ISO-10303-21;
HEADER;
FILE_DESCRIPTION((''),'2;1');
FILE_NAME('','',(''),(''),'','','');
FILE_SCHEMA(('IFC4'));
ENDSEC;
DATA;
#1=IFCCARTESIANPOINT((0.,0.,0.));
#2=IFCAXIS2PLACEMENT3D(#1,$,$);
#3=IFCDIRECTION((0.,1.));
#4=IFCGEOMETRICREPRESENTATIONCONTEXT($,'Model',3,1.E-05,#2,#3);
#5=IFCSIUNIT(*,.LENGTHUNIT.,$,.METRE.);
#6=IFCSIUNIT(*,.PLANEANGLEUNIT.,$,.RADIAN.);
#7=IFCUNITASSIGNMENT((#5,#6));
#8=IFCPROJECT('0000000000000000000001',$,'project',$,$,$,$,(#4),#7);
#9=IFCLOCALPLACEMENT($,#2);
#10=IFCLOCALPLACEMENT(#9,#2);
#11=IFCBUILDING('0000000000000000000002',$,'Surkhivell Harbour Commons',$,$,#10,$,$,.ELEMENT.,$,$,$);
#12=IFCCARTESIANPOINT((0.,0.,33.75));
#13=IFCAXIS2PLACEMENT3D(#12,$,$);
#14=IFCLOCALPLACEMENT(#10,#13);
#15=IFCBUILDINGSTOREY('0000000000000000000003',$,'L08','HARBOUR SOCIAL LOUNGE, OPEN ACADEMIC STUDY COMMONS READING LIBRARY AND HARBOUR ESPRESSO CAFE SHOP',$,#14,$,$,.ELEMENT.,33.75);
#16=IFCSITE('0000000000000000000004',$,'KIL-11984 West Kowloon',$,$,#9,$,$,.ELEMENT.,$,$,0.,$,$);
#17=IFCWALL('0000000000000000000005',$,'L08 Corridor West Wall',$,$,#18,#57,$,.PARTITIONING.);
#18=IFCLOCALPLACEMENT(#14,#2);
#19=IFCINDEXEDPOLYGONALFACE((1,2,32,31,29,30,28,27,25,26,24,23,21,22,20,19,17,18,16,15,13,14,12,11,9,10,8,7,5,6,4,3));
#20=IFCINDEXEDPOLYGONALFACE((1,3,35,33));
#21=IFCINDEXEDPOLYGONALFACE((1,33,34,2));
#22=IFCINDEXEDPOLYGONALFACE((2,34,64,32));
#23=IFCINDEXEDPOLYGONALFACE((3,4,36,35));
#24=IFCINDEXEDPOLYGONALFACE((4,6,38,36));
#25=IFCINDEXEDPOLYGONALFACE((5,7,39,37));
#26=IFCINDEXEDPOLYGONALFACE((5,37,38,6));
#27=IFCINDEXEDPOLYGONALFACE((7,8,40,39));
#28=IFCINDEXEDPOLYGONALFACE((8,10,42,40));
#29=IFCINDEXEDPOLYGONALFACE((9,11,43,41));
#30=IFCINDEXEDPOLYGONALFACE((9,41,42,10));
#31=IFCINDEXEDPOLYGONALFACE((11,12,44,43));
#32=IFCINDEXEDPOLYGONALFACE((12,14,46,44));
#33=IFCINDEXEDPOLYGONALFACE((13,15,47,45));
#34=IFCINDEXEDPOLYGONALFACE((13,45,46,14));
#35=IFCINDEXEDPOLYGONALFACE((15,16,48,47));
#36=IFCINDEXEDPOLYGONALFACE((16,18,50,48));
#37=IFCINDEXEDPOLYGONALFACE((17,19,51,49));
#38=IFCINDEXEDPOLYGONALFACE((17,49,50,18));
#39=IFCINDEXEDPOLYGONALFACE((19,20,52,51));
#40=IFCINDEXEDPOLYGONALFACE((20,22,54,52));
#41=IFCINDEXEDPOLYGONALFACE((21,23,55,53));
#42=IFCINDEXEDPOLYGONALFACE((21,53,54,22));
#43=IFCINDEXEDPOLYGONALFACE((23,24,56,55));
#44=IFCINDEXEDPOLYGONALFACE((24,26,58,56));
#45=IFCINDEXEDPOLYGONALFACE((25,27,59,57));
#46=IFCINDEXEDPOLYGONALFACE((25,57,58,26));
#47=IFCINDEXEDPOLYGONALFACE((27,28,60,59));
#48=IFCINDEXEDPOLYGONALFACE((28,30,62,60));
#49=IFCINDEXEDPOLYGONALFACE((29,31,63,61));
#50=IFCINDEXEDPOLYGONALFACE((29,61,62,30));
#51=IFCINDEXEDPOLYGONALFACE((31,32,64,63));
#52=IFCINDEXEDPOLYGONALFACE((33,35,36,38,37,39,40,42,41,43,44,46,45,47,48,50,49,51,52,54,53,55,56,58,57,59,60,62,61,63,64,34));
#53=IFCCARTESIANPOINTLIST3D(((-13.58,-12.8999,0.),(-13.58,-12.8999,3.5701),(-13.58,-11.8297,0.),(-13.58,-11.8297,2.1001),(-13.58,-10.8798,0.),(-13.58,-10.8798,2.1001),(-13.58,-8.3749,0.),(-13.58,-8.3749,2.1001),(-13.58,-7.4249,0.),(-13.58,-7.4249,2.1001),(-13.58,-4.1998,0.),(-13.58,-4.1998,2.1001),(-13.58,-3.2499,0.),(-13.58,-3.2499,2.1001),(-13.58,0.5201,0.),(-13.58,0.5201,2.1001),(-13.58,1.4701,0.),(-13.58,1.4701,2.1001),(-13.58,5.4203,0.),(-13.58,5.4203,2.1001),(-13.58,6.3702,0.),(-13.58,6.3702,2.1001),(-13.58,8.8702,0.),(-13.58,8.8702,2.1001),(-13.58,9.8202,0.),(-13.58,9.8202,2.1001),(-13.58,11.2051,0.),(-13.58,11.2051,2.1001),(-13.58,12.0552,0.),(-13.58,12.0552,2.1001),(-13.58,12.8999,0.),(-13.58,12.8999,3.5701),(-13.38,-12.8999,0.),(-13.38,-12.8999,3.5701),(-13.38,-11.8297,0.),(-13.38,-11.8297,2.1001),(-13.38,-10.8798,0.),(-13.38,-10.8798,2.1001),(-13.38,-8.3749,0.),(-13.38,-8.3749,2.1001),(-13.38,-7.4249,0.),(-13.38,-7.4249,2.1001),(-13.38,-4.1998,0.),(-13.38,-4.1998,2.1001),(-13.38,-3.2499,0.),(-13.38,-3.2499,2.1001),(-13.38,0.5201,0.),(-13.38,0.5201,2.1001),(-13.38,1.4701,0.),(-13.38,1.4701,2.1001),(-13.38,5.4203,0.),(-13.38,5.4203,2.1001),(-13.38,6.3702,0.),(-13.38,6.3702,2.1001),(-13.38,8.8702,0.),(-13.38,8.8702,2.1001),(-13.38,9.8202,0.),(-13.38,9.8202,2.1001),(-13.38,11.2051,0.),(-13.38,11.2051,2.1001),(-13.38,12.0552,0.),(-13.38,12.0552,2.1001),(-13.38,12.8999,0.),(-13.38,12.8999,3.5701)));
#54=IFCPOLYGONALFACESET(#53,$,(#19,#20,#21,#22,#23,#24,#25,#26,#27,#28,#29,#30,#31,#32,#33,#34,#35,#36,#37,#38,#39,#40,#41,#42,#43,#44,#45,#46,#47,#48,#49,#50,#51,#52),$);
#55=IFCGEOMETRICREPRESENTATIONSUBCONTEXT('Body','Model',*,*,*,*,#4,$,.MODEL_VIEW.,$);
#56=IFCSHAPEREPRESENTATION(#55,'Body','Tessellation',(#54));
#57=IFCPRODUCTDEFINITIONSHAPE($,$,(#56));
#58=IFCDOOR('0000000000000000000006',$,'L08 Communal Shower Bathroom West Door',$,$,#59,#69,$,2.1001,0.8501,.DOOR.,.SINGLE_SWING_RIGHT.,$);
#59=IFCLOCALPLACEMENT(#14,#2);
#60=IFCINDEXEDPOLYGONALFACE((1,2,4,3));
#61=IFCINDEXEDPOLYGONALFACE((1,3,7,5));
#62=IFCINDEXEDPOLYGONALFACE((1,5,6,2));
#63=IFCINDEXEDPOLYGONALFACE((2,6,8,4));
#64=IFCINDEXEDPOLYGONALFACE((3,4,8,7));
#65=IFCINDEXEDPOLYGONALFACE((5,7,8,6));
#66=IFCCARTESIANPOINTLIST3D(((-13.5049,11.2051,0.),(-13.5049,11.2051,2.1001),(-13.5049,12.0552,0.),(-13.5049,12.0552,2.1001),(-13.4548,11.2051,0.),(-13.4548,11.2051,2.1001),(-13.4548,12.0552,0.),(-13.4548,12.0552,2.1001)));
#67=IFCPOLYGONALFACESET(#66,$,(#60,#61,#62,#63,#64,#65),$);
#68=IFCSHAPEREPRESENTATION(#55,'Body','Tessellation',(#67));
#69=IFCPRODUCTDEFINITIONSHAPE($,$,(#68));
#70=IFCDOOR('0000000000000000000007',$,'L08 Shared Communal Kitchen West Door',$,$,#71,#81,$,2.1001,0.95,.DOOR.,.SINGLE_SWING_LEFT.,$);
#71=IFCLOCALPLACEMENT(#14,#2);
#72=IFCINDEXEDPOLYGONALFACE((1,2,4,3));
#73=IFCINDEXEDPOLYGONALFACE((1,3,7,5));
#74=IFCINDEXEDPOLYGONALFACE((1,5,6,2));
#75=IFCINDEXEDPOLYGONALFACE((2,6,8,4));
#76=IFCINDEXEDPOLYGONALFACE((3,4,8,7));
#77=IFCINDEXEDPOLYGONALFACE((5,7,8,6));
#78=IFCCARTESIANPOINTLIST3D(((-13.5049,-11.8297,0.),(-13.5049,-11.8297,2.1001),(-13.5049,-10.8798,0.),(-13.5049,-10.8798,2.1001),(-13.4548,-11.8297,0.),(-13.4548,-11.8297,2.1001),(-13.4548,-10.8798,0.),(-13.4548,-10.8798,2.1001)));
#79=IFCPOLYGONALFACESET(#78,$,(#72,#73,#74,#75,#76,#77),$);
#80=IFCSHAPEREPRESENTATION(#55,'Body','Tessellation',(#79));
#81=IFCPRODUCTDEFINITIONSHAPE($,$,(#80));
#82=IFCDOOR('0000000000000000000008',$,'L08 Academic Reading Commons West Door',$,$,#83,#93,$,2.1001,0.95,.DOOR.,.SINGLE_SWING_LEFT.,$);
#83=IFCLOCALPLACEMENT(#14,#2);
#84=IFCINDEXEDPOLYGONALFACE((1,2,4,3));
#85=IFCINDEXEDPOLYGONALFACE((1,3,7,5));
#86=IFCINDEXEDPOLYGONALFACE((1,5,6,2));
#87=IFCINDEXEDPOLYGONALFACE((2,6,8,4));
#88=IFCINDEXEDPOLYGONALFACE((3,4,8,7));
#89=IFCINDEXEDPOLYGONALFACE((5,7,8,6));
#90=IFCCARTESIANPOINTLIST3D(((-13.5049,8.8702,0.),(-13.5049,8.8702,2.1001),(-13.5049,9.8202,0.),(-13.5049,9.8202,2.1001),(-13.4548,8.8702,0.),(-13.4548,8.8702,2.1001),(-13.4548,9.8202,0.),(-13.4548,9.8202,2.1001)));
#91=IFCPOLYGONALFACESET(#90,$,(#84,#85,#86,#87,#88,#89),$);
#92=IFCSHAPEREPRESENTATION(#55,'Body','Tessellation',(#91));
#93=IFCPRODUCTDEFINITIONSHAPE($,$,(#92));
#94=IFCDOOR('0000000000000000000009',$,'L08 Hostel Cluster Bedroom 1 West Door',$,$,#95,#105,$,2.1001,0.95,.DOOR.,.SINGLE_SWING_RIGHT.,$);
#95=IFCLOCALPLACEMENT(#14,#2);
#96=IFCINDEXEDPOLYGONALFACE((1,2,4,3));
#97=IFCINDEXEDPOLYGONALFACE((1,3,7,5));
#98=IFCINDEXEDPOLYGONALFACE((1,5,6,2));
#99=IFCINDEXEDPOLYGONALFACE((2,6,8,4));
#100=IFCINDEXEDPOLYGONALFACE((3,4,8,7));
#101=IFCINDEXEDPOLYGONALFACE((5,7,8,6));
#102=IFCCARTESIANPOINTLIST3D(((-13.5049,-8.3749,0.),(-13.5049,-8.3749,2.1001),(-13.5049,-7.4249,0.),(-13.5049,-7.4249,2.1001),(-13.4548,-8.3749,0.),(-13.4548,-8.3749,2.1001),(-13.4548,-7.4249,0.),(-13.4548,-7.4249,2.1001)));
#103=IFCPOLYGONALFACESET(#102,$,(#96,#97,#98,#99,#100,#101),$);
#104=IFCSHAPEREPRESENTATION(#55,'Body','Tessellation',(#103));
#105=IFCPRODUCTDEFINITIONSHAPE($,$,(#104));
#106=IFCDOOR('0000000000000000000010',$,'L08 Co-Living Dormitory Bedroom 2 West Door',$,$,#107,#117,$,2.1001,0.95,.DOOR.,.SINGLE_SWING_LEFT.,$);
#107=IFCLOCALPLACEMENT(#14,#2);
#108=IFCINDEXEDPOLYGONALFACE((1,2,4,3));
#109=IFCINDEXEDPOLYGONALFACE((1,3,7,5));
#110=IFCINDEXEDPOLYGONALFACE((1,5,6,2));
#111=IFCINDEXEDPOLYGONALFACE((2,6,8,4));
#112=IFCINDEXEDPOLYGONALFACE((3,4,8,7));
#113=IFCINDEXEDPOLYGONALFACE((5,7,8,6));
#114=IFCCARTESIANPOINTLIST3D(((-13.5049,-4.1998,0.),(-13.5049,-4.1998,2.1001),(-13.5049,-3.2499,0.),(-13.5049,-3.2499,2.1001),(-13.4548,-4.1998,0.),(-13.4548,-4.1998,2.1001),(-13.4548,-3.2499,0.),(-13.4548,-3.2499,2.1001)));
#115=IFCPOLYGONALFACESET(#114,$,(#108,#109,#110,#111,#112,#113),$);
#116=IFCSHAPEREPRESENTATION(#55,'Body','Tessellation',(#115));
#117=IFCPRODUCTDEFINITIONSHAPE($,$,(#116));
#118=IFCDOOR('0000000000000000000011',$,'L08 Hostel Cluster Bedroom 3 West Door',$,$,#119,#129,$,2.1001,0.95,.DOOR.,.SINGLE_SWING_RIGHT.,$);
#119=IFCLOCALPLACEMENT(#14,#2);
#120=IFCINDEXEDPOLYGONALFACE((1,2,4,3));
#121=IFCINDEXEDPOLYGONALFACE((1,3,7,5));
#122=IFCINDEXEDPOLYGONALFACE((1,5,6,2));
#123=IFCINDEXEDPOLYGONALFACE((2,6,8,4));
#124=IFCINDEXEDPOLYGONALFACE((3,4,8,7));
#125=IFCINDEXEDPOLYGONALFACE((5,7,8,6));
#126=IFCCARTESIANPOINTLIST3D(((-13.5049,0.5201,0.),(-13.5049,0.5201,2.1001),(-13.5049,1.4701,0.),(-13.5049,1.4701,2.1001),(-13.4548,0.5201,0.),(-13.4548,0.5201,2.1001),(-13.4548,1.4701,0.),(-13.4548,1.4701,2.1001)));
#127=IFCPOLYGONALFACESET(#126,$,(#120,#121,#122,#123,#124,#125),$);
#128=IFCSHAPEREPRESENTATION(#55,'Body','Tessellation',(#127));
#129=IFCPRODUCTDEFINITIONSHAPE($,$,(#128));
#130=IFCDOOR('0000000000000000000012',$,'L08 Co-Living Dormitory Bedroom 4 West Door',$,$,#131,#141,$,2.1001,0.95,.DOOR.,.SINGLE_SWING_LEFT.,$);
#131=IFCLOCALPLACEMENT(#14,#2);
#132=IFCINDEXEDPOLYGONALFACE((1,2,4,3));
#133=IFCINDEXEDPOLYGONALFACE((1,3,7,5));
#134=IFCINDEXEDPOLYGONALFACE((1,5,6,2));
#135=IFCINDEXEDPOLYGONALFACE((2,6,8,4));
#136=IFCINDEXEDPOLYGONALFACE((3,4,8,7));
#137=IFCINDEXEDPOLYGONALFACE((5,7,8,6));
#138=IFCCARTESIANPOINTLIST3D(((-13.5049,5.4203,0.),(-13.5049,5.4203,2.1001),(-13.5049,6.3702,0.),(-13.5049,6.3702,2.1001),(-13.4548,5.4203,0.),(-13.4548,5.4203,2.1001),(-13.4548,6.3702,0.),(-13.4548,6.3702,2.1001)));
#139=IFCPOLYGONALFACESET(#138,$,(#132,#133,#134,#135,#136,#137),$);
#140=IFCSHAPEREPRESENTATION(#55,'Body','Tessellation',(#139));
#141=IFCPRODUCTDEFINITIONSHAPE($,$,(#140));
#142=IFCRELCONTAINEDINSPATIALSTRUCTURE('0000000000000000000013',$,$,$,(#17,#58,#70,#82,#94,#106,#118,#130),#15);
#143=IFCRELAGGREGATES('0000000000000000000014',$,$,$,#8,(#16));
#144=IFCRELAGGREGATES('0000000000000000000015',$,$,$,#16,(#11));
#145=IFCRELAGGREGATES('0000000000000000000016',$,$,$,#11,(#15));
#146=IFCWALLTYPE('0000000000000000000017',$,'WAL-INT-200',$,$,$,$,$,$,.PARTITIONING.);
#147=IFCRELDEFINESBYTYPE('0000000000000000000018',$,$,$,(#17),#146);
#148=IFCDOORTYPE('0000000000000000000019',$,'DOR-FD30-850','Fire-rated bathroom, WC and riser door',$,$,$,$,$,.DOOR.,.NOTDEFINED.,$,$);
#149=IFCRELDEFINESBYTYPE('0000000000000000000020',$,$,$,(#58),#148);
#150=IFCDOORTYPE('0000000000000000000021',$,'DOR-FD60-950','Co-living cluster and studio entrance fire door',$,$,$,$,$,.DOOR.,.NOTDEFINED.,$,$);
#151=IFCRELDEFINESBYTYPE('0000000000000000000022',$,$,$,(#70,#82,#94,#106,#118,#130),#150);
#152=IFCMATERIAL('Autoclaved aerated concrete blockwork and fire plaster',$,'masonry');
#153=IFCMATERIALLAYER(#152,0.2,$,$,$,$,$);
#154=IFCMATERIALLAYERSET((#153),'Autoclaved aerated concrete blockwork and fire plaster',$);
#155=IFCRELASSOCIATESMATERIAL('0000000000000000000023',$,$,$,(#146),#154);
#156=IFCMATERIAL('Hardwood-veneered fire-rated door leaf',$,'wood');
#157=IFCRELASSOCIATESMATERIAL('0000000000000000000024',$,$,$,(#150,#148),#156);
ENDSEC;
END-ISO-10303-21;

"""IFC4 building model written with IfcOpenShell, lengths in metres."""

from ifc_helpers import new_model, si_unit, direction, frame, frame_2d, origin, place, context, subcontext, project, spatial, rectangle, extrude, material, layer, layer_set, type_object, element, fill, save


model = new_model("IFC4")

# Units and contexts
model_context = context("Model", 3, precision=1e-05, world=origin(), true_north=direction((0.0, 1.0)))
body_context = subcontext(model_context, "Body", "Model", "MODEL_VIEW")
ifc_project = project(units=[si_unit("LENGTHUNIT", "METRE"), si_unit("PLANEANGLEUNIT", "RADIAN")], contexts=[model_context])

# Site, building, storey
site_placement = place(None, origin())
site = spatial("IfcSite", under=ifc_project, at=site_placement, Name="KIL-11984 West Kowloon", CompositionType="ELEMENT", RefElevation=0.0)
building_placement = place(site_placement, origin())
building = spatial("IfcBuilding", under=site, at=building_placement, Name="Surkhivell Harbour Commons", CompositionType="ELEMENT")
storey_placement = place(building_placement, frame((0.0, 0.0, 33.75)))
storey = spatial("IfcBuildingStorey", under=building, at=storey_placement, Name="L08", Description="HARBOUR SOCIAL LOUNGE, OPEN ACADEMIC STUDY COMMONS READING LIBRARY AND HARBOUR ESPRESSO CAFE SHOP", CompositionType="ELEMENT", Elevation=33.75)

# Shared definitions
ifc_material_1 = material(Name="Autoclaved aerated concrete blockwork and fire plaster", Category="masonry")
ifc_layer_1 = layer(ifc_material_1, 0.2)
ifc_layer_set_1 = layer_set([ifc_layer_1], Name="Autoclaved aerated concrete blockwork and fire plaster")
wall_type_1 = type_object("IfcWallType", Name="WAL-INT-200", PredefinedType="PARTITIONING", material=ifc_layer_set_1)
ifc_material_2 = material(Name="Hardwood-veneered fire-rated door leaf", Category="wood")
door_type_1 = type_object("IfcDoorType", Name="DOR-FD60-950", Description="Co-living cluster and studio entrance fire door", OperationType="NOTDEFINED", PredefinedType="DOOR", material=ifc_material_2)

# Wall, openings, doors
wall_1_placement = place(storey_placement, frame((-13.48, -12.8999, 0.0), z_axis=(0.0, 0.0, 1.0), x_axis=(0.0, 1.0, 0.0)))
wall_1 = element("IfcWall", 1, at=wall_1_placement, inside=storey, type_object=wall_type_1, Name="L08 Corridor West Wall", PredefinedType="PARTITIONING", context=body_context, shape_type="SweptSolid", body=[
    extrude(rectangle(XDim=25.7998, YDim=0.2, at=frame_2d((12.8999, 0.0))), origin(), (0.0, 0.0, 1.0), 3.5701),
])
opening_1_placement = place(wall_1_placement, frame((1.0701, 0.0, 0.0)))
opening_1 = element("IfcOpeningElement", 2, at=opening_1_placement, cuts=wall_1, PredefinedType="OPENING", context=body_context, shape_type="SweptSolid", body=[
    extrude(rectangle(XDim=0.95, YDim=2.1001, at=frame_2d((0.4751, 1.05))), frame((0.0, 0.1099, 0.0), z_axis=(0.0, -1.0, 0.0), x_axis=(1.0, 0.0, 0.0)), (0.0, 0.0, 1.0), 0.22),
])
opening_2_placement = place(wall_1_placement, frame((24.105, 0.0, 0.0)))
opening_2 = element("IfcOpeningElement", 3, at=opening_2_placement, cuts=wall_1, PredefinedType="OPENING", context=body_context, shape_type="SweptSolid", body=[
    extrude(rectangle(XDim=0.8501, YDim=2.1001, at=frame_2d((0.425, 1.05))), frame((0.0, 0.1099, 0.0), z_axis=(0.0, -1.0, 0.0), x_axis=(1.0, 0.0, 0.0)), (0.0, 0.0, 1.0), 0.22),
])
opening_3_placement = place(wall_1_placement, frame((21.77, 0.0, 0.0)))
opening_3 = element("IfcOpeningElement", 4, at=opening_3_placement, cuts=wall_1, PredefinedType="OPENING", context=body_context, shape_type="SweptSolid", body=[
    extrude(rectangle(XDim=0.95, YDim=2.1001, at=frame_2d((0.4751, 1.05))), frame((0.0, 0.1099, 0.0), z_axis=(0.0, -1.0, 0.0), x_axis=(1.0, 0.0, 0.0)), (0.0, 0.0, 1.0), 0.22),
])
opening_4_placement = place(wall_1_placement, frame((4.5249, 0.0, 0.0)))
opening_4 = element("IfcOpeningElement", 5, at=opening_4_placement, cuts=wall_1, PredefinedType="OPENING", context=body_context, shape_type="SweptSolid", body=[
    extrude(rectangle(XDim=0.95, YDim=2.1001, at=frame_2d((0.4751, 1.05))), frame((0.0, 0.1099, 0.0), z_axis=(0.0, -1.0, 0.0), x_axis=(1.0, 0.0, 0.0)), (0.0, 0.0, 1.0), 0.22),
])
opening_5_placement = place(wall_1_placement, frame((8.7, 0.0, 0.0)))
opening_5 = element("IfcOpeningElement", 6, at=opening_5_placement, cuts=wall_1, PredefinedType="OPENING", context=body_context, shape_type="SweptSolid", body=[
    extrude(rectangle(XDim=0.95, YDim=2.1001, at=frame_2d((0.4751, 1.05))), frame((0.0, 0.1099, 0.0), z_axis=(0.0, -1.0, 0.0), x_axis=(1.0, 0.0, 0.0)), (0.0, 0.0, 1.0), 0.22),
])
opening_6_placement = place(wall_1_placement, frame((13.4199, 0.0, 0.0)))
opening_6 = element("IfcOpeningElement", 7, at=opening_6_placement, cuts=wall_1, PredefinedType="OPENING", context=body_context, shape_type="SweptSolid", body=[
    extrude(rectangle(XDim=0.95, YDim=2.1001, at=frame_2d((0.4751, 1.05))), frame((0.0, 0.1099, 0.0), z_axis=(0.0, -1.0, 0.0), x_axis=(1.0, 0.0, 0.0)), (0.0, 0.0, 1.0), 0.22),
])
opening_7_placement = place(wall_1_placement, frame((18.3201, 0.0, 0.0)))
opening_7 = element("IfcOpeningElement", 8, at=opening_7_placement, cuts=wall_1, PredefinedType="OPENING", context=body_context, shape_type="SweptSolid", body=[
    extrude(rectangle(XDim=0.95, YDim=2.1001, at=frame_2d((0.4751, 1.05))), frame((0.0, 0.1099, 0.0), z_axis=(0.0, -1.0, 0.0), x_axis=(1.0, 0.0, 0.0)), (0.0, 0.0, 1.0), 0.22),
])
door_type_2 = type_object("IfcDoorType", Name="DOR-FD30-850", Description="Fire-rated bathroom, WC and riser door", OperationType="NOTDEFINED", PredefinedType="DOOR", material=ifc_material_2)
door_1_placement = place(opening_2_placement, origin())
door_1 = element("IfcDoor", 9, at=door_1_placement, inside=storey, type_object=door_type_2, Name="L08 Communal Shower Bathroom West Door", OperationType="SINGLE_SWING_RIGHT", OverallHeight=2.1001, OverallWidth=0.8501, PredefinedType="DOOR", context=body_context, shape_type="SweptSolid", body=[
    extrude(rectangle(XDim=0.8501, YDim=2.1001, at=frame_2d((0.425, 1.05))), frame((0.0, 0.0249, 0.0), z_axis=(0.0, -1.0, 0.0), x_axis=(1.0, 0.0, 0.0)), (0.0, 0.0, 1.0), 0.05),
])
fill(opening_2, door_1)
door_2_placement = place(opening_1_placement, origin())
door_2 = element("IfcDoor", 10, at=door_2_placement, inside=storey, type_object=door_type_1, Name="L08 Shared Communal Kitchen West Door", OperationType="SINGLE_SWING_LEFT", OverallHeight=2.1001, OverallWidth=0.95, PredefinedType="DOOR", context=body_context, shape_type="SweptSolid", body=[
    extrude(rectangle(XDim=0.95, YDim=2.1001, at=frame_2d((0.4751, 1.05))), frame((0.0, 0.0249, 0.0), z_axis=(0.0, -1.0, 0.0), x_axis=(1.0, 0.0, 0.0)), (0.0, 0.0, 1.0), 0.05),
])
fill(opening_1, door_2)
door_3_placement = place(opening_3_placement, origin())
door_3 = element("IfcDoor", 11, at=door_3_placement, inside=storey, type_object=door_type_1, Name="L08 Academic Reading Commons West Door", OperationType="SINGLE_SWING_LEFT", OverallHeight=2.1001, OverallWidth=0.95, PredefinedType="DOOR", context=body_context, shape_type="SweptSolid", body=[
    extrude(rectangle(XDim=0.95, YDim=2.1001, at=frame_2d((0.4751, 1.05))), frame((0.0, 0.0249, 0.0), z_axis=(0.0, -1.0, 0.0), x_axis=(1.0, 0.0, 0.0)), (0.0, 0.0, 1.0), 0.05),
])
fill(opening_3, door_3)
door_4_placement = place(opening_4_placement, origin())
door_4 = element("IfcDoor", 12, at=door_4_placement, inside=storey, type_object=door_type_1, Name="L08 Hostel Cluster Bedroom 1 West Door", OperationType="SINGLE_SWING_RIGHT", OverallHeight=2.1001, OverallWidth=0.95, PredefinedType="DOOR", context=body_context, shape_type="SweptSolid", body=[
    extrude(rectangle(XDim=0.95, YDim=2.1001, at=frame_2d((0.4751, 1.05))), frame((0.0, 0.0249, 0.0), z_axis=(0.0, -1.0, 0.0), x_axis=(1.0, 0.0, 0.0)), (0.0, 0.0, 1.0), 0.05),
])
fill(opening_4, door_4)
door_5_placement = place(opening_5_placement, origin())
door_5 = element("IfcDoor", 13, at=door_5_placement, inside=storey, type_object=door_type_1, Name="L08 Co-Living Dormitory Bedroom 2 West Door", OperationType="SINGLE_SWING_LEFT", OverallHeight=2.1001, OverallWidth=0.95, PredefinedType="DOOR", context=body_context, shape_type="SweptSolid", body=[
    extrude(rectangle(XDim=0.95, YDim=2.1001, at=frame_2d((0.4751, 1.05))), frame((0.0, 0.0249, 0.0), z_axis=(0.0, -1.0, 0.0), x_axis=(1.0, 0.0, 0.0)), (0.0, 0.0, 1.0), 0.05),
])
fill(opening_5, door_5)
door_6_placement = place(opening_6_placement, origin())
door_6 = element("IfcDoor", 14, at=door_6_placement, inside=storey, type_object=door_type_1, Name="L08 Hostel Cluster Bedroom 3 West Door", OperationType="SINGLE_SWING_RIGHT", OverallHeight=2.1001, OverallWidth=0.95, PredefinedType="DOOR", context=body_context, shape_type="SweptSolid", body=[
    extrude(rectangle(XDim=0.95, YDim=2.1001, at=frame_2d((0.4751, 1.05))), frame((0.0, 0.0249, 0.0), z_axis=(0.0, -1.0, 0.0), x_axis=(1.0, 0.0, 0.0)), (0.0, 0.0, 1.0), 0.05),
])
fill(opening_6, door_6)
door_7_placement = place(opening_7_placement, origin())
door_7 = element("IfcDoor", 15, at=door_7_placement, inside=storey, type_object=door_type_1, Name="L08 Co-Living Dormitory Bedroom 4 West Door", OperationType="SINGLE_SWING_LEFT", OverallHeight=2.1001, OverallWidth=0.95, PredefinedType="DOOR", context=body_context, shape_type="SweptSolid", body=[
    extrude(rectangle(XDim=0.95, YDim=2.1001, at=frame_2d((0.4751, 1.05))), frame((0.0, 0.0249, 0.0), z_axis=(0.0, -1.0, 0.0), x_axis=(1.0, 0.0, 0.0)), (0.0, 0.0, 1.0), 0.05),
])
fill(opening_7, door_7)

save(model, "model.ifc")
